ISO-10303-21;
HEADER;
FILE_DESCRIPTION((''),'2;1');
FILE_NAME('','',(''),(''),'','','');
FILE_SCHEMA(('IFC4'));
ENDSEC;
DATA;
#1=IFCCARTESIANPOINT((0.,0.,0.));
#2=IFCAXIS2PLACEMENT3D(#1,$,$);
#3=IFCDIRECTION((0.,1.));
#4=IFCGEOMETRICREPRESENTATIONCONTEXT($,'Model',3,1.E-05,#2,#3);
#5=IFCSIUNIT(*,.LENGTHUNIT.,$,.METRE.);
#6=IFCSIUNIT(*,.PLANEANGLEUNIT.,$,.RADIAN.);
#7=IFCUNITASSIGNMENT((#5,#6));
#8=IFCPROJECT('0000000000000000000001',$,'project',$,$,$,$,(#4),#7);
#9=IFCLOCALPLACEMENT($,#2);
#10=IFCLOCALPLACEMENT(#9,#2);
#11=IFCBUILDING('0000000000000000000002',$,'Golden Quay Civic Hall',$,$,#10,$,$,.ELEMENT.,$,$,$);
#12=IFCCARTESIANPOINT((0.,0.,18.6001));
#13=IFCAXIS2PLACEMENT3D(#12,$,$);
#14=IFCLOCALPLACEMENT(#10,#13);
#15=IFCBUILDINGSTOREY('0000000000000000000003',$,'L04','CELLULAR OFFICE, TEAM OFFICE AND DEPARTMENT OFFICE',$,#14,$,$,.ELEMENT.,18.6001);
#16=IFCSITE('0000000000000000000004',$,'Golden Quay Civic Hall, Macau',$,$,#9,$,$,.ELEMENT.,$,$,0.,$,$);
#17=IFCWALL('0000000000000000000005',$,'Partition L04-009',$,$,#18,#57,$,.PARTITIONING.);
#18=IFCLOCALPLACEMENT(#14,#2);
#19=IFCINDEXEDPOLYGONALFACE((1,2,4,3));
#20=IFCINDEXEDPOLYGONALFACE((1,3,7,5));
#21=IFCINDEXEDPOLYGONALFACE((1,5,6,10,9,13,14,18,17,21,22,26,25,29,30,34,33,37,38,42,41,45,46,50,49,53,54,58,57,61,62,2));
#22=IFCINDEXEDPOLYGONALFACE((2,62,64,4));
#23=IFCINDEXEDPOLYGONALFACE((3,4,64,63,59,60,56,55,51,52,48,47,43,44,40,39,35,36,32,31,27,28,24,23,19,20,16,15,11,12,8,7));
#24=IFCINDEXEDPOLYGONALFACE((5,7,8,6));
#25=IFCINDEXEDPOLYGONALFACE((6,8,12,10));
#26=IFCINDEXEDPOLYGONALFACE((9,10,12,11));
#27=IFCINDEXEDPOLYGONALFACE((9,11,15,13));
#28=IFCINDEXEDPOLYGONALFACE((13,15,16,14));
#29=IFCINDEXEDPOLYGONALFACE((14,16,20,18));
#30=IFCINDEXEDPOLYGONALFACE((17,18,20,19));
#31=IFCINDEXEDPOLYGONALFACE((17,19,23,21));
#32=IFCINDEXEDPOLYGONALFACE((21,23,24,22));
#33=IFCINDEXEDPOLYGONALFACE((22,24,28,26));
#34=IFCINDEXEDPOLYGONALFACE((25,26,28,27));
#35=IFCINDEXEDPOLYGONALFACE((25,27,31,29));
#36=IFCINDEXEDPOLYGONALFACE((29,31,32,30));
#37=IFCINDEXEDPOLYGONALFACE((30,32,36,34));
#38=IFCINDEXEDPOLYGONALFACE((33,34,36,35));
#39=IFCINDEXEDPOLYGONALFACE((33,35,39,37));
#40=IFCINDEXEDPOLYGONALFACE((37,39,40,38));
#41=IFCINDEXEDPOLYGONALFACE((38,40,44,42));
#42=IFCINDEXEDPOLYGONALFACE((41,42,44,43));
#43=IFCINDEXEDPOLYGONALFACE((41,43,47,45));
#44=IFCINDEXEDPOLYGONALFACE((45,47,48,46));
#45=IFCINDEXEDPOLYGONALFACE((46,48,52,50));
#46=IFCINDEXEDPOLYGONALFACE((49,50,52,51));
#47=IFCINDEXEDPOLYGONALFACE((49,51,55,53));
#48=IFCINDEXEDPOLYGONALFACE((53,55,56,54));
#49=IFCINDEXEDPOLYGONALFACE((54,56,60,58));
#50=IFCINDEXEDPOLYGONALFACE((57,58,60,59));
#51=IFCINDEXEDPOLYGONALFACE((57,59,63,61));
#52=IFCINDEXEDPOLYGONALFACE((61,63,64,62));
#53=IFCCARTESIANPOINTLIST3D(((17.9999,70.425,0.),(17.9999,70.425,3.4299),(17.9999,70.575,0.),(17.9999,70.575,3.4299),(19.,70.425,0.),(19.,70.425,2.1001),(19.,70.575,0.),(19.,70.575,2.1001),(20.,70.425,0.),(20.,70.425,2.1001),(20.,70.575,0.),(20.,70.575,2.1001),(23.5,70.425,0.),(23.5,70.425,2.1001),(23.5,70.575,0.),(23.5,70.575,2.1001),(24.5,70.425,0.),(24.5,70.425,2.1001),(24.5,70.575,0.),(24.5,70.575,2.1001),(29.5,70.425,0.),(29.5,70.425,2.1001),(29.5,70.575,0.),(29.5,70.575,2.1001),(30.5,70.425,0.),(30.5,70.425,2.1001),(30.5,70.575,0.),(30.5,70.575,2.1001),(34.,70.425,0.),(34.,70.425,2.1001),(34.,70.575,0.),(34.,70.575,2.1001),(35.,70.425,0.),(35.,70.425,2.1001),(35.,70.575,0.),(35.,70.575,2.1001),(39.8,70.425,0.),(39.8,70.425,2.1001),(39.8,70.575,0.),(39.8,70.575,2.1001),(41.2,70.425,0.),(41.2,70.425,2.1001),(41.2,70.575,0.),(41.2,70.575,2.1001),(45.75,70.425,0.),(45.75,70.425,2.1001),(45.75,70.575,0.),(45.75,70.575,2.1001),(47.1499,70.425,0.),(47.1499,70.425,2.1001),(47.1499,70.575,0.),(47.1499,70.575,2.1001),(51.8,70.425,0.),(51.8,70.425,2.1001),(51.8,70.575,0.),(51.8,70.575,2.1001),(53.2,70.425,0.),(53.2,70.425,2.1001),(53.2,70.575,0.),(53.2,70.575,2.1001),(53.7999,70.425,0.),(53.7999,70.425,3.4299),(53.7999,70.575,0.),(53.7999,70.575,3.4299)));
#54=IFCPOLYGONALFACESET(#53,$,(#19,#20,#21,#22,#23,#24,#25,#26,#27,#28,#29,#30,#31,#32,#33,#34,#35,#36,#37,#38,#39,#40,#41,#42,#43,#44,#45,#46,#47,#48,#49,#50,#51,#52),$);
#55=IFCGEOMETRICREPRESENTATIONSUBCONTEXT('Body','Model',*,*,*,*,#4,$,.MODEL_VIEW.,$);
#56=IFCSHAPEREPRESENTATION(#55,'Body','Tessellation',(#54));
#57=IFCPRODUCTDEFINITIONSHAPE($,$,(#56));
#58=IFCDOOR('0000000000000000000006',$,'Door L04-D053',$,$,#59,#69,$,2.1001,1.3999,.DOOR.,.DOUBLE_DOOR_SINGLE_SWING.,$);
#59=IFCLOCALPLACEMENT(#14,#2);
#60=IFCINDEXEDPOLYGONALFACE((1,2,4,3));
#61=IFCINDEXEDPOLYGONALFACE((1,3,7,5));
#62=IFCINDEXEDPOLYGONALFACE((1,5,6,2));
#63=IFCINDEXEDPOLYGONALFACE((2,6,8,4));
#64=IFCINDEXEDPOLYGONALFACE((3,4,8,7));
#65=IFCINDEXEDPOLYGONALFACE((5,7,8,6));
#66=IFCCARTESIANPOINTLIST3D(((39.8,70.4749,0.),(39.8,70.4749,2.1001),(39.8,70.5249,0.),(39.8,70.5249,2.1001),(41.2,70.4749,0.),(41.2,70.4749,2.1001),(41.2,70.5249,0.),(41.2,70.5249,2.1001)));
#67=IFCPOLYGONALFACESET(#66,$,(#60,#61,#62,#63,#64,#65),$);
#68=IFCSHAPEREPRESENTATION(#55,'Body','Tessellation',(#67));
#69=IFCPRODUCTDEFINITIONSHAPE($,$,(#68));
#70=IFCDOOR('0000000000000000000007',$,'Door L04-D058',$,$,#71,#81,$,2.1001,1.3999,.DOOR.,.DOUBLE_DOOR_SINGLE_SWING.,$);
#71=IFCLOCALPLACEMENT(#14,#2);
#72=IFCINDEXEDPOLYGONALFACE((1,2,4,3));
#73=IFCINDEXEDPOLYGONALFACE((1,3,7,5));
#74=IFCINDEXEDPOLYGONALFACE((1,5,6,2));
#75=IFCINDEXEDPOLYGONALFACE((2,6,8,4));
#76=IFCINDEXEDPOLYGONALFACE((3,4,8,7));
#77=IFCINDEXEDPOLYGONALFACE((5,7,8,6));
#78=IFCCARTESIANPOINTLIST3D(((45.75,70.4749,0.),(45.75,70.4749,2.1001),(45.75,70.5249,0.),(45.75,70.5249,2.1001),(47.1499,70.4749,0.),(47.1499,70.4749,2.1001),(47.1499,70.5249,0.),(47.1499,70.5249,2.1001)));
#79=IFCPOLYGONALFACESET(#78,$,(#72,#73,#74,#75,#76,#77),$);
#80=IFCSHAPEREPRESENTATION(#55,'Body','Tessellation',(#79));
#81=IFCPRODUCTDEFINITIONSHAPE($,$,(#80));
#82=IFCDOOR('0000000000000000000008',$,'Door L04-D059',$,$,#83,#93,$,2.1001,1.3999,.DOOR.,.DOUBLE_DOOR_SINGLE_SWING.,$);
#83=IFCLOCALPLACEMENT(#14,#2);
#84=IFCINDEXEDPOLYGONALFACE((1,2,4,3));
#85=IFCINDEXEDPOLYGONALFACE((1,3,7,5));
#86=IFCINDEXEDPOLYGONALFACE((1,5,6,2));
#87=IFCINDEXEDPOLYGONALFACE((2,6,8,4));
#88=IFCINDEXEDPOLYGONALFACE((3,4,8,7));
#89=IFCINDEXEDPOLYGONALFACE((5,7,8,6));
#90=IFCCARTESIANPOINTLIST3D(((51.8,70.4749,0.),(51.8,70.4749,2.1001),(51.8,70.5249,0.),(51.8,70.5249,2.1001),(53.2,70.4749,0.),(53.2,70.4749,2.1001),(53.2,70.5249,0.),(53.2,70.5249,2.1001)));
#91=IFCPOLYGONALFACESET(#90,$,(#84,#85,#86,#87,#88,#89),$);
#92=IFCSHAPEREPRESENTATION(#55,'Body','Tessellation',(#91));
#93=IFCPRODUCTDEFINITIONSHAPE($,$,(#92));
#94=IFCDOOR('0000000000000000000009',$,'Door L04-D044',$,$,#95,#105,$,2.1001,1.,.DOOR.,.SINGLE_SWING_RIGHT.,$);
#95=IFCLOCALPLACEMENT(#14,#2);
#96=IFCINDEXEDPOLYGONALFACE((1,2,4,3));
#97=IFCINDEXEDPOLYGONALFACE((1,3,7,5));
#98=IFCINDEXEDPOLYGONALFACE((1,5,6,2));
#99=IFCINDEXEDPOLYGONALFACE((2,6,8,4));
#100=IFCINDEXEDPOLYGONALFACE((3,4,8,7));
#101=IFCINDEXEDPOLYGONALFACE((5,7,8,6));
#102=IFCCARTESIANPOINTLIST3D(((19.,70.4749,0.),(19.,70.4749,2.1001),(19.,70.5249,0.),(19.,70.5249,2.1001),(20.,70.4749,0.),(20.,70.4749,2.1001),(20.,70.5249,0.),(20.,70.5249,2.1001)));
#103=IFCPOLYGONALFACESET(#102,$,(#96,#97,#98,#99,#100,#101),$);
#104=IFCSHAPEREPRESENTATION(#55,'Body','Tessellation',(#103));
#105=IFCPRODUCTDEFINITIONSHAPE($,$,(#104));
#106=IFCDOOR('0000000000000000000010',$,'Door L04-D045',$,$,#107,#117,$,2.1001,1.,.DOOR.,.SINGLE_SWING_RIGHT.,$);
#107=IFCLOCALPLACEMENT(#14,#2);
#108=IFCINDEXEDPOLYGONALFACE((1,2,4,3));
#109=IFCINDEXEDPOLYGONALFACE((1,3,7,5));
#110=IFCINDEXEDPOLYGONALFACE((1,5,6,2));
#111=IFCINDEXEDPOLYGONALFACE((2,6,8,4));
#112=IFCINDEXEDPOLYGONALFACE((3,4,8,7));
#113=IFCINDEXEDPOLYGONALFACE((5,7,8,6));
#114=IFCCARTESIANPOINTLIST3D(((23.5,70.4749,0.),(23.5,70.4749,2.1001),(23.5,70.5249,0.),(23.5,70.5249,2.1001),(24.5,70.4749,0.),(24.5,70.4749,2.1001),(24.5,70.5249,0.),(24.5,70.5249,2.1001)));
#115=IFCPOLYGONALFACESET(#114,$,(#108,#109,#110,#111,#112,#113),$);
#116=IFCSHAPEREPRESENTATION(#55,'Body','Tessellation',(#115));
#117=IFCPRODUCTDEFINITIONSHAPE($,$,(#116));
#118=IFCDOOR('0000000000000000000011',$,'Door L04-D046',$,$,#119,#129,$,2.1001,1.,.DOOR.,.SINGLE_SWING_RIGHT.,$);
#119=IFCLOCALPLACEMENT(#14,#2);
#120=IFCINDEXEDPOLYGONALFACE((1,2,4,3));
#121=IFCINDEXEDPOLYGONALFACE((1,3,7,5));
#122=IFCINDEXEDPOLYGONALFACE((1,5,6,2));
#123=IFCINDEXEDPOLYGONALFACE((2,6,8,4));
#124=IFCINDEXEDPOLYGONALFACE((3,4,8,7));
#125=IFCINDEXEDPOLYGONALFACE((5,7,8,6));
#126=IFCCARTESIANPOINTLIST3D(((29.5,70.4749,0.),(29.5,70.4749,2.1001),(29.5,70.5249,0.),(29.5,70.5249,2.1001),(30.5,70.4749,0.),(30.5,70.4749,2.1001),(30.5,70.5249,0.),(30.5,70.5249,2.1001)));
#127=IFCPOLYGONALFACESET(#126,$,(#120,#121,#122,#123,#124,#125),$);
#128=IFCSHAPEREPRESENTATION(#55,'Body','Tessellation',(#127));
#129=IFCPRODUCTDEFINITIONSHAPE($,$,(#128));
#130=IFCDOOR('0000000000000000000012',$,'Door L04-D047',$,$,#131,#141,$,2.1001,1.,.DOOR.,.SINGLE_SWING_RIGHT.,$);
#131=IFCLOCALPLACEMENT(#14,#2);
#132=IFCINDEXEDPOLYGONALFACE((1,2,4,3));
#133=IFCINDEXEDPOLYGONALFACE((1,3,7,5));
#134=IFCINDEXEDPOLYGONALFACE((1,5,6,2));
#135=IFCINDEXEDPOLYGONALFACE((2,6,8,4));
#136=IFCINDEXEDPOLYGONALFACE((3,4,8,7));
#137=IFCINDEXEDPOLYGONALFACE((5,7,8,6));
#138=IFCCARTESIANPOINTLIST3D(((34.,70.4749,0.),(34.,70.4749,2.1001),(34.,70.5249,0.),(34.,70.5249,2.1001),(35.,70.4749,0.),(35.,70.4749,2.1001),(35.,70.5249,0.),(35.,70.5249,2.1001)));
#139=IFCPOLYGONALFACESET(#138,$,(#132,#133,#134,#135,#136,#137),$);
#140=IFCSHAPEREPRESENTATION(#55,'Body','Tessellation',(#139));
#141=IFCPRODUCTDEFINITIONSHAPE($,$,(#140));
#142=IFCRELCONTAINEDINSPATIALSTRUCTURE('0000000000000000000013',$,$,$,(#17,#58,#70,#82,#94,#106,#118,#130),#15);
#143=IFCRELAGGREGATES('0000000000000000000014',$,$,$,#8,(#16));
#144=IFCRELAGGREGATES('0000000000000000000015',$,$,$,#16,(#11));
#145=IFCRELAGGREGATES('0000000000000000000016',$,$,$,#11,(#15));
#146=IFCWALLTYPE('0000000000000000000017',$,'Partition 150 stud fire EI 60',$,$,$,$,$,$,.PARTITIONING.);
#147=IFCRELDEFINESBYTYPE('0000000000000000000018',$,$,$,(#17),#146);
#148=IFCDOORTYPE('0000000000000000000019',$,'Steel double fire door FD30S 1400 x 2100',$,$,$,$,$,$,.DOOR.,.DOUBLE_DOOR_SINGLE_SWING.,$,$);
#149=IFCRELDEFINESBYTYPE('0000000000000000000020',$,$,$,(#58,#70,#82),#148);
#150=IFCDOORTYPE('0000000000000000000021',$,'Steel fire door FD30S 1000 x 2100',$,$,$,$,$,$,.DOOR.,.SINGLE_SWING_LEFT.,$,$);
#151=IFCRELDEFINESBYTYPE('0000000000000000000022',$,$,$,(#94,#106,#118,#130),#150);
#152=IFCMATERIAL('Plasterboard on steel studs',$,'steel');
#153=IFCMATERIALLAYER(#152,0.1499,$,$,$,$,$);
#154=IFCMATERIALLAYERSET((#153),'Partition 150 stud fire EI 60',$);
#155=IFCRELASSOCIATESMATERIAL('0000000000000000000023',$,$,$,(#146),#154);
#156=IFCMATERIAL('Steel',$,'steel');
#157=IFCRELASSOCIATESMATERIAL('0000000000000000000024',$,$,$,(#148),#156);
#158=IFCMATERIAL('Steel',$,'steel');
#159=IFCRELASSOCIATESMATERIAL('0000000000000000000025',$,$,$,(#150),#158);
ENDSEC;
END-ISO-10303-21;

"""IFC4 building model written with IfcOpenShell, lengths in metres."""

from ifc_helpers import new_model, si_unit, direction, frame, frame_2d, origin, place, context, subcontext, project, spatial, rectangle, extrude, material, layer, layer_set, type_object, element, fill, save


model = new_model("IFC4")

# Units and contexts
model_context = context("Model", 3, precision=1e-05, world=origin(), true_north=direction((0.0, 1.0)))
body_context = subcontext(model_context, "Body", "Model", "MODEL_VIEW")
ifc_project = project(units=[si_unit("LENGTHUNIT", "METRE"), si_unit("PLANEANGLEUNIT", "RADIAN")], contexts=[model_context])

# Site, building, storey
site_placement = place(None, origin())
site = spatial("IfcSite", under=ifc_project, at=site_placement, Name="Golden Quay Civic Hall, Macau", CompositionType="ELEMENT", RefElevation=0.0)
building_placement = place(site_placement, origin())
building = spatial("IfcBuilding", under=site, at=building_placement, Name="Golden Quay Civic Hall", CompositionType="ELEMENT")
storey_placement = place(building_placement, frame((0.0, 0.0, 18.6001)))
storey = spatial("IfcBuildingStorey", under=building, at=storey_placement, Name="L04", Description="CELLULAR OFFICE, TEAM OFFICE AND DEPARTMENT OFFICE", CompositionType="ELEMENT", Elevation=18.6001)

# Wall, openings, doors
ifc_material_1 = material(Name="Plasterboard on steel studs", Category="steel")
ifc_layer = layer(ifc_material_1, 0.1499)
ifc_layer_set = layer_set([ifc_layer], Name="Partition 150 stud fire EI 60")
wall_type = type_object("IfcWallType", Name="Partition 150 stud fire EI 60", PredefinedType="PARTITIONING", material=ifc_layer_set)
wall_1_placement = place(storey_placement, frame((18.0, 70.5, 0.0), z_axis=(0.0, 0.0, 1.0), x_axis=(1.0, 0.0, 0.0)))
wall_1 = element("IfcWall", 1, at=wall_1_placement, inside=storey, type_object=wall_type, Name="Partition L04-009", PredefinedType="PARTITIONING", context=body_context, shape_type="SweptSolid", body=[
    extrude(rectangle(XDim=35.8, YDim=0.1499, at=frame_2d((17.8999, 0.0))), origin(), (0.0, 0.0, 1.0), 3.4299),
])
opening_1_placement = place(wall_1_placement, frame((1.0, 0.0, 0.0)))
opening_1 = element("IfcOpeningElement", 2, at=opening_1_placement, cuts=wall_1, PredefinedType="OPENING", context=body_context, shape_type="SweptSolid", body=[
    extrude(rectangle(XDim=1.0, YDim=2.1001, at=frame_2d((0.5, 1.05))), frame((0.0, 0.085, 0.0), z_axis=(0.0, -1.0, 0.0), x_axis=(1.0, 0.0, 0.0)), (0.0, 0.0, 1.0), 0.1699),
])
opening_2_placement = place(wall_1_placement, frame((5.5, 0.0, 0.0)))
opening_2 = element("IfcOpeningElement", 3, at=opening_2_placement, cuts=wall_1, PredefinedType="OPENING", context=body_context, shape_type="SweptSolid", body=[
    extrude(rectangle(XDim=1.0, YDim=2.1001, at=frame_2d((0.5, 1.05))), frame((0.0, 0.085, 0.0), z_axis=(0.0, -1.0, 0.0), x_axis=(1.0, 0.0, 0.0)), (0.0, 0.0, 1.0), 0.1699),
])
opening_3_placement = place(wall_1_placement, frame((11.5, 0.0, 0.0)))
opening_3 = element("IfcOpeningElement", 4, at=opening_3_placement, cuts=wall_1, PredefinedType="OPENING", context=body_context, shape_type="SweptSolid", body=[
    extrude(rectangle(XDim=1.0, YDim=2.1001, at=frame_2d((0.5, 1.05))), frame((0.0, 0.085, 0.0), z_axis=(0.0, -1.0, 0.0), x_axis=(1.0, 0.0, 0.0)), (0.0, 0.0, 1.0), 0.1699),
])
opening_4_placement = place(wall_1_placement, frame((16.0, 0.0, 0.0)))
opening_4 = element("IfcOpeningElement", 5, at=opening_4_placement, cuts=wall_1, PredefinedType="OPENING", context=body_context, shape_type="SweptSolid", body=[
    extrude(rectangle(XDim=1.0, YDim=2.1001, at=frame_2d((0.5, 1.05))), frame((0.0, 0.085, 0.0), z_axis=(0.0, -1.0, 0.0), x_axis=(1.0, 0.0, 0.0)), (0.0, 0.0, 1.0), 0.1699),
])
opening_5_placement = place(wall_1_placement, frame((21.8, 0.0, 0.0)))
opening_5 = element("IfcOpeningElement", 6, at=opening_5_placement, cuts=wall_1, PredefinedType="OPENING", context=body_context, shape_type="SweptSolid", body=[
    extrude(rectangle(XDim=1.3999, YDim=2.1001, at=frame_2d((0.7, 1.05))), frame((0.0, 0.085, 0.0), z_axis=(0.0, -1.0, 0.0), x_axis=(1.0, 0.0, 0.0)), (0.0, 0.0, 1.0), 0.1699),
])
opening_6_placement = place(wall_1_placement, frame((27.75, 0.0, 0.0)))
opening_6 = element("IfcOpeningElement", 7, at=opening_6_placement, cuts=wall_1, PredefinedType="OPENING", context=body_context, shape_type="SweptSolid", body=[
    extrude(rectangle(XDim=1.3999, YDim=2.1001, at=frame_2d((0.7, 1.05))), frame((0.0, 0.085, 0.0), z_axis=(0.0, -1.0, 0.0), x_axis=(1.0, 0.0, 0.0)), (0.0, 0.0, 1.0), 0.1699),
])
opening_7_placement = place(wall_1_placement, frame((33.8, 0.0, 0.0)))
opening_7 = element("IfcOpeningElement", 8, at=opening_7_placement, cuts=wall_1, PredefinedType="OPENING", context=body_context, shape_type="SweptSolid", body=[
    extrude(rectangle(XDim=1.3999, YDim=2.1001, at=frame_2d((0.7, 1.05))), frame((0.0, 0.085, 0.0), z_axis=(0.0, -1.0, 0.0), x_axis=(1.0, 0.0, 0.0)), (0.0, 0.0, 1.0), 0.1699),
])
ifc_material_2 = material(Name="Steel", Category="steel")
door_type_1 = type_object("IfcDoorType", Name="Steel double fire door FD30S 1400 x 2100", OperationType="DOUBLE_DOOR_SINGLE_SWING", PredefinedType="DOOR", material=ifc_material_2)
door_1_placement = place(opening_5_placement, frame((1.3999, 0.0, 0.0), z_axis=(0.0, 0.0, 1.0), x_axis=(-1.0, 0.0, 0.0)))
door_1 = element("IfcDoor", 9, at=door_1_placement, inside=storey, type_object=door_type_1, Name="Door L04-D053", OperationType="DOUBLE_DOOR_SINGLE_SWING", OverallHeight=2.1001, OverallWidth=1.3999, PredefinedType="DOOR", context=body_context, shape_type="SweptSolid", body=[
    extrude(rectangle(XDim=1.3999, YDim=2.1001, at=frame_2d((0.7, 1.05))), frame((0.0, 0.0251, 0.0), z_axis=(0.0, -1.0, 0.0), x_axis=(1.0, 0.0, 0.0)), (0.0, 0.0, 1.0), 0.05),
])
fill(opening_5, door_1)
door_2_placement = place(opening_6_placement, origin())
door_2 = element("IfcDoor", 10, at=door_2_placement, inside=storey, type_object=door_type_1, Name="Door L04-D058", OperationType="DOUBLE_DOOR_SINGLE_SWING", OverallHeight=2.1001, OverallWidth=1.3999, PredefinedType="DOOR", context=body_context, shape_type="SweptSolid", body=[
    extrude(rectangle(XDim=1.3999, YDim=2.1001, at=frame_2d((0.7, 1.05))), frame((0.0, 0.0249, 0.0), z_axis=(0.0, -1.0, 0.0), x_axis=(1.0, 0.0, 0.0)), (0.0, 0.0, 1.0), 0.05),
])
fill(opening_6, door_2)
door_3_placement = place(opening_7_placement, origin())
door_3 = element("IfcDoor", 11, at=door_3_placement, inside=storey, type_object=door_type_1, Name="Door L04-D059", OperationType="DOUBLE_DOOR_SINGLE_SWING", OverallHeight=2.1001, OverallWidth=1.3999, PredefinedType="DOOR", context=body_context, shape_type="SweptSolid", body=[
    extrude(rectangle(XDim=1.3999, YDim=2.1001, at=frame_2d((0.7, 1.05))), frame((0.0, 0.0249, 0.0), z_axis=(0.0, -1.0, 0.0), x_axis=(1.0, 0.0, 0.0)), (0.0, 0.0, 1.0), 0.05),
])
fill(opening_7, door_3)
ifc_material_3 = material(Name="Steel", Category="steel")
door_type_2 = type_object("IfcDoorType", Name="Steel fire door FD30S 1000 x 2100", OperationType="SINGLE_SWING_LEFT", PredefinedType="DOOR", material=ifc_material_3)
door_4_placement = place(opening_1_placement, frame((1.0, 0.0, 0.0), z_axis=(0.0, 0.0, 1.0), x_axis=(-1.0, 0.0, 0.0)))
door_4 = element("IfcDoor", 12, at=door_4_placement, inside=storey, type_object=door_type_2, Name="Door L04-D044", OperationType="SINGLE_SWING_RIGHT", OverallHeight=2.1001, OverallWidth=1.0, PredefinedType="DOOR", context=body_context, shape_type="SweptSolid", body=[
    extrude(rectangle(XDim=1.0, YDim=2.1001, at=frame_2d((0.5, 1.05))), frame((0.0, 0.0251, 0.0), z_axis=(0.0, -1.0, 0.0), x_axis=(1.0, 0.0, 0.0)), (0.0, 0.0, 1.0), 0.05),
])
fill(opening_1, door_4)
door_5_placement = place(opening_2_placement, frame((1.0, 0.0, 0.0), z_axis=(0.0, 0.0, 1.0), x_axis=(-1.0, 0.0, 0.0)))
door_5 = element("IfcDoor", 13, at=door_5_placement, inside=storey, type_object=door_type_2, Name="Door L04-D045", OperationType="SINGLE_SWING_RIGHT", OverallHeight=2.1001, OverallWidth=1.0, PredefinedType="DOOR", context=body_context, shape_type="SweptSolid", body=[
    extrude(rectangle(XDim=1.0, YDim=2.1001, at=frame_2d((0.5, 1.05))), frame((0.0, 0.0251, 0.0), z_axis=(0.0, -1.0, 0.0), x_axis=(1.0, 0.0, 0.0)), (0.0, 0.0, 1.0), 0.05),
])
fill(opening_2, door_5)
door_6_placement = place(opening_3_placement, frame((1.0, 0.0, 0.0), z_axis=(0.0, 0.0, 1.0), x_axis=(-1.0, 0.0, 0.0)))
door_6 = element("IfcDoor", 14, at=door_6_placement, inside=storey, type_object=door_type_2, Name="Door L04-D046", OperationType="SINGLE_SWING_RIGHT", OverallHeight=2.1001, OverallWidth=1.0, PredefinedType="DOOR", context=body_context, shape_type="SweptSolid", body=[
    extrude(rectangle(XDim=1.0, YDim=2.1001, at=frame_2d((0.5, 1.05))), frame((0.0, 0.0251, 0.0), z_axis=(0.0, -1.0, 0.0), x_axis=(1.0, 0.0, 0.0)), (0.0, 0.0, 1.0), 0.05),
])
fill(opening_3, door_6)
door_7_placement = place(opening_4_placement, frame((1.0, 0.0, 0.0), z_axis=(0.0, 0.0, 1.0), x_axis=(-1.0, 0.0, 0.0)))
door_7 = element("IfcDoor", 15, at=door_7_placement, inside=storey, type_object=door_type_2, Name="Door L04-D047", OperationType="SINGLE_SWING_RIGHT", OverallHeight=2.1001, OverallWidth=1.0, PredefinedType="DOOR", context=body_context, shape_type="SweptSolid", body=[
    extrude(rectangle(XDim=1.0, YDim=2.1001, at=frame_2d((0.5, 1.05))), frame((0.0, 0.0251, 0.0), z_axis=(0.0, -1.0, 0.0), x_axis=(1.0, 0.0, 0.0)), (0.0, 0.0, 1.0), 0.05),
])
fill(opening_4, door_7)

save(model, "model.ifc")
